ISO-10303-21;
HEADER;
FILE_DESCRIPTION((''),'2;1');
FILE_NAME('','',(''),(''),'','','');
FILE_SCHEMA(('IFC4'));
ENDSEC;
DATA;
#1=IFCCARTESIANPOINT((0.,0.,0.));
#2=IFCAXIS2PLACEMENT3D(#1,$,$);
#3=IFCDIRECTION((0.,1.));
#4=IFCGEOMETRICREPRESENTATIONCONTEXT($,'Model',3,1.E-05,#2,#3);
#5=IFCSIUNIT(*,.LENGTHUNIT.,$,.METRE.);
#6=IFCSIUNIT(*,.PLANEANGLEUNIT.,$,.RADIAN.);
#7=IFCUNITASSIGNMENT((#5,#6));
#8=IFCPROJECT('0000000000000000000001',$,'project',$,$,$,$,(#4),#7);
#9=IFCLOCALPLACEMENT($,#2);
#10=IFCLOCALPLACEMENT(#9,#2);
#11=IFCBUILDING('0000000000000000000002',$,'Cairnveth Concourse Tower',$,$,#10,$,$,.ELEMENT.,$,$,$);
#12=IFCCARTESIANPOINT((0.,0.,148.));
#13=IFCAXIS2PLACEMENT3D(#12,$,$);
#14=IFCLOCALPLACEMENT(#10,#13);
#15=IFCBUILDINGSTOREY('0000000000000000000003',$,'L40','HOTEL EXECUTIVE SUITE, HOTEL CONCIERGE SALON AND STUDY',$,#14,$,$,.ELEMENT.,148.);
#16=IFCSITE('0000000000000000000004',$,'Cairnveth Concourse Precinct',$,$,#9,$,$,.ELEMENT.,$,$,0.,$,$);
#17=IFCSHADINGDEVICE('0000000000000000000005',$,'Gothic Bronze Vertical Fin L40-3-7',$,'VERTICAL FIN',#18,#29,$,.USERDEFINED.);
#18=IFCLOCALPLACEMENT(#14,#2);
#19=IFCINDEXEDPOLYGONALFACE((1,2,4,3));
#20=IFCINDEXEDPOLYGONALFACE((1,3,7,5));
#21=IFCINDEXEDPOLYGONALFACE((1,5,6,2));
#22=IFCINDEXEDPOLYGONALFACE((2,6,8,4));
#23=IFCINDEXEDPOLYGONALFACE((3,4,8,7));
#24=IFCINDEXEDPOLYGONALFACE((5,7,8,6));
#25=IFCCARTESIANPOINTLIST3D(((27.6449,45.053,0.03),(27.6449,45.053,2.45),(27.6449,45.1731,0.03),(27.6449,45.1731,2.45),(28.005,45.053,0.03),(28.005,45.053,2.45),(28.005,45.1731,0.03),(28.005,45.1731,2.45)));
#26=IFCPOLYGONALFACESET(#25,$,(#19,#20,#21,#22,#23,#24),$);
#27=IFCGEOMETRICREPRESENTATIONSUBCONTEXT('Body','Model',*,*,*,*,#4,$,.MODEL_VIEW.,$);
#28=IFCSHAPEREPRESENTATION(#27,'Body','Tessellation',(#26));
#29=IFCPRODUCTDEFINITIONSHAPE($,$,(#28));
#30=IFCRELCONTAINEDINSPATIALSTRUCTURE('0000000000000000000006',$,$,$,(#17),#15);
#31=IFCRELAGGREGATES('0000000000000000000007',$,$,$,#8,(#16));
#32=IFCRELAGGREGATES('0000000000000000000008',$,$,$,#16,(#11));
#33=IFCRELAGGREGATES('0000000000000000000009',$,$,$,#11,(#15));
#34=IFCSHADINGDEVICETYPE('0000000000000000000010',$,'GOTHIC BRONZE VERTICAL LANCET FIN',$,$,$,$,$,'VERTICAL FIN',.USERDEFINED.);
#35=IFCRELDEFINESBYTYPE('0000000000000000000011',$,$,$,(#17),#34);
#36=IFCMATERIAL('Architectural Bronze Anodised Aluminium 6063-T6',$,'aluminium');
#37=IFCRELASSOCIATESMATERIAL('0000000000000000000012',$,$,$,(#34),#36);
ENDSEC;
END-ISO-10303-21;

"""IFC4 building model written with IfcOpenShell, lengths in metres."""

from ifc_helpers import new_model, si_unit, direction, frame, origin, origin_2d, place, context, subcontext, project, spatial, rectangle, extrude, material, type_object, element, save


model = new_model("IFC4")

# Units and contexts
model_context = context("Model", 3, precision=1e-05, world=origin(), true_north=direction((0.0, 1.0)))
body_context = subcontext(model_context, "Body", "Model", "MODEL_VIEW")
ifc_project = project(units=[si_unit("LENGTHUNIT", "METRE"), si_unit("PLANEANGLEUNIT", "RADIAN")], contexts=[model_context])

# Site, building, storey
site_placement = place(None, origin())
site = spatial("IfcSite", under=ifc_project, at=site_placement, Name="Cairnveth Concourse Precinct", CompositionType="ELEMENT", RefElevation=0.0)
building_placement = place(site_placement, origin())
building = spatial("IfcBuilding", under=site, at=building_placement, Name="Cairnveth Concourse Tower", CompositionType="ELEMENT")
storey_placement = place(building_placement, frame((0.0, 0.0, 148.0)))
storey = spatial("IfcBuildingStorey", under=building, at=storey_placement, Name="L40", Description="HOTEL EXECUTIVE SUITE, HOTEL CONCIERGE SALON AND STUDY", CompositionType="ELEMENT", Elevation=148.0)

# Shading device
ifc_material_1 = material(Name="Architectural Bronze Anodised Aluminium 6063-T6", Category="aluminium")
shading_device_type = type_object("IfcShadingDeviceType", Name="GOTHIC BRONZE VERTICAL LANCET FIN", ElementType="VERTICAL FIN", PredefinedType="USERDEFINED", material=ifc_material_1)
for number, where, z_axis, x_axis, name in (
    (1, (27.825, 45.113, 0.03), (0.0, 0.0, 1.0), (0.0, 1.0, 0.0), "Gothic Bronze Vertical Fin L40-3-7"),
):
    element("IfcShadingDevice", number, at=place(storey_placement, frame(where, z_axis=z_axis, x_axis=x_axis)), inside=storey, type_object=shading_device_type, Name=name, ObjectType="VERTICAL FIN", PredefinedType="USERDEFINED", context=body_context, shape_type="SweptSolid", body=[
        extrude(rectangle(XDim=0.1201, YDim=0.3601, at=origin_2d()), origin(), (0.0, 0.0, 1.0), 2.4199),
    ])

save(model, "model.ifc")
